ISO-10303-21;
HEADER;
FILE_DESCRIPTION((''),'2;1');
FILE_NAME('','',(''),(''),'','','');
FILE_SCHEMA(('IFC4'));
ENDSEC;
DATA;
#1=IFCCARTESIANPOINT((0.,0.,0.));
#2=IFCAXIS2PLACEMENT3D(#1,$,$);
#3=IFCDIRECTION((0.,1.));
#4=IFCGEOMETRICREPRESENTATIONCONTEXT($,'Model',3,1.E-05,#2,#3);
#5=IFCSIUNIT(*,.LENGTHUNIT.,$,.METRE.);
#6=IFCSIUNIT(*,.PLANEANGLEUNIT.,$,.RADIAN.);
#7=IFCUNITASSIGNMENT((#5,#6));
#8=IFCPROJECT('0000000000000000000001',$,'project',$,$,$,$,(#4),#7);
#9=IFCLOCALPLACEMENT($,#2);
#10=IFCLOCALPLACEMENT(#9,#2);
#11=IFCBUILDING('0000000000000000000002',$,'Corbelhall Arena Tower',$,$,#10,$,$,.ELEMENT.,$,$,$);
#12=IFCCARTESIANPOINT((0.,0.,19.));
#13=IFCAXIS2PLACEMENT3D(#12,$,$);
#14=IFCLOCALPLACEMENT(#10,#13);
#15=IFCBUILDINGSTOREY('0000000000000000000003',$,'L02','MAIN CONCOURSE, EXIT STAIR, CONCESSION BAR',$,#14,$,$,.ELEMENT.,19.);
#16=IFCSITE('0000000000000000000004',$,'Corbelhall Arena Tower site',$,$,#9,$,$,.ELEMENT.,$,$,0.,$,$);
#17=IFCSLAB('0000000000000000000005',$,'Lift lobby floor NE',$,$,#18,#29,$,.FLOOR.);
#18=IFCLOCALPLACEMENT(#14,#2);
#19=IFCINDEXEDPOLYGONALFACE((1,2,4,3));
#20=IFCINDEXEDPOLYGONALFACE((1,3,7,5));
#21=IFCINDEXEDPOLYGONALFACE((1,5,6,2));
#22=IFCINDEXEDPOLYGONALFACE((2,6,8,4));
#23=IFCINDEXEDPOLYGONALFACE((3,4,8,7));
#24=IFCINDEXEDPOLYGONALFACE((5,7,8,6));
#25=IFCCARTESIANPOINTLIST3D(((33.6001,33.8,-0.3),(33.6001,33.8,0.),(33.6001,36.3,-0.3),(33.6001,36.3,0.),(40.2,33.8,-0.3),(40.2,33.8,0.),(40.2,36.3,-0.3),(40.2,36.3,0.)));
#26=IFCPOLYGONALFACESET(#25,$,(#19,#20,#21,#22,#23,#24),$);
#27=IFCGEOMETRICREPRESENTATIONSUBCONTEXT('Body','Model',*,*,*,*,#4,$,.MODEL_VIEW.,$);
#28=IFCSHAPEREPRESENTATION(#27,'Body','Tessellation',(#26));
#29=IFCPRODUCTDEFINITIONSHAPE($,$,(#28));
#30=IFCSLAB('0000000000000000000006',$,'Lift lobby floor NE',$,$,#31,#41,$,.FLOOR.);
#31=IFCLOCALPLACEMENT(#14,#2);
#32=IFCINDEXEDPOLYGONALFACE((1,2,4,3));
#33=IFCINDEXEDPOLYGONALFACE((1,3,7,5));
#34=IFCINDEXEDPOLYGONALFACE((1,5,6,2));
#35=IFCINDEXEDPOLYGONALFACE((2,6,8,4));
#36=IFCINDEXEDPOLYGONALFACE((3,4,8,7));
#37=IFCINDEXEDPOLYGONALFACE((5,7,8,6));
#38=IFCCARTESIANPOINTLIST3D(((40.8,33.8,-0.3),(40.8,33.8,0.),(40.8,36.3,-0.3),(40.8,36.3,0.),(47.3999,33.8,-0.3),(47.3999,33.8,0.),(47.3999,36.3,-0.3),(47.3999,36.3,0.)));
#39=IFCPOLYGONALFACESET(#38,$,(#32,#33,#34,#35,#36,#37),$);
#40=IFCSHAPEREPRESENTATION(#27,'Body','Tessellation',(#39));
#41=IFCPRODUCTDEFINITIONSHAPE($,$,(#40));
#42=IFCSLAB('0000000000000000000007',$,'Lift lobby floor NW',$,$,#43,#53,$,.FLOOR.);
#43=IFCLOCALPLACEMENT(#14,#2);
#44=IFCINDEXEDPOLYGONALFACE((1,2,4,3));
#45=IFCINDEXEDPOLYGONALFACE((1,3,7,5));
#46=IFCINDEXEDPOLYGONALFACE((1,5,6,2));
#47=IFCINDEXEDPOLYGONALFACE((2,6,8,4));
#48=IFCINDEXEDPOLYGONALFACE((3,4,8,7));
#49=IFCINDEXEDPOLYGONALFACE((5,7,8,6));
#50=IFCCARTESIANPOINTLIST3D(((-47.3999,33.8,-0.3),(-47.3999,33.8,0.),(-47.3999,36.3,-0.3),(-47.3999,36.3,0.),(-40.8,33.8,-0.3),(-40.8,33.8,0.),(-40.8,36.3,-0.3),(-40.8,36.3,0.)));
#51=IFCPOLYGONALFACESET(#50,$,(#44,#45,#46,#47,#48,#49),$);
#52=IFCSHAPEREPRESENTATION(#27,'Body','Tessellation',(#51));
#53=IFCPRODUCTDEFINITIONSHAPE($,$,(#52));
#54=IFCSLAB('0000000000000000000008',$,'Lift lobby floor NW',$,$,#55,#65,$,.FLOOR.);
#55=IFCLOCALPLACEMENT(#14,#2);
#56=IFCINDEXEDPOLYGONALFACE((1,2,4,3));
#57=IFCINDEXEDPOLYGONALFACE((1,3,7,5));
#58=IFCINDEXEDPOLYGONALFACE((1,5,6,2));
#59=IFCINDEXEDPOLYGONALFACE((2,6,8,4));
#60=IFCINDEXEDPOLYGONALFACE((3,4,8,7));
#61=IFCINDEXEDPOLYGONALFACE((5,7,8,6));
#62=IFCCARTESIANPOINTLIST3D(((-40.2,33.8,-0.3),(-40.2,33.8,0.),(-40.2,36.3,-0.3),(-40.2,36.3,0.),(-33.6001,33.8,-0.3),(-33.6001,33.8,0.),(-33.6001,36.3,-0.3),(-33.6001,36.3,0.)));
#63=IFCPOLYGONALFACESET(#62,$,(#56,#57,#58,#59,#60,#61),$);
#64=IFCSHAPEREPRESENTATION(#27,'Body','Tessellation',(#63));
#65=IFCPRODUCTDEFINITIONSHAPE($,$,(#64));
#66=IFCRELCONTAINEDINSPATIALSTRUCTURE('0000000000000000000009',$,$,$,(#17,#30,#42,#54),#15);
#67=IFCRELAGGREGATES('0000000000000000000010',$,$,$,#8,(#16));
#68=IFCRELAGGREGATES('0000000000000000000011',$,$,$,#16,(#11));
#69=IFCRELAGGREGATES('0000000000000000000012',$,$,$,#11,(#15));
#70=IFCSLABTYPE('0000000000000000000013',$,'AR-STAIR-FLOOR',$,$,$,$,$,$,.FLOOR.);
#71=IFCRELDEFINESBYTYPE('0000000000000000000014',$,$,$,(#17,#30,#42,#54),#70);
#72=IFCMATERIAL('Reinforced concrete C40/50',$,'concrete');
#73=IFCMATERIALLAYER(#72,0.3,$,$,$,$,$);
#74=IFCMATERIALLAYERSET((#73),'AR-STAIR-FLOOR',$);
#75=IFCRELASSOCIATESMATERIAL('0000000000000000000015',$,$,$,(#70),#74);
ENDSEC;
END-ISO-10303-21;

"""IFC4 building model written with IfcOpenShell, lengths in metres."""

from ifc_helpers import new_model, si_unit, direction, frame, origin, place, context, subcontext, project, spatial, polyline, outline, extrude, material, layer, layer_set, type_object, element, save


model = new_model("IFC4")

# Units and contexts
model_context = context("Model", 3, precision=1e-05, world=origin(), true_north=direction((0.0, 1.0)))
body_context = subcontext(model_context, "Body", "Model", "MODEL_VIEW")
ifc_project = project(units=[si_unit("LENGTHUNIT", "METRE"), si_unit("PLANEANGLEUNIT", "RADIAN")], contexts=[model_context])

# Site, building, storey
site_placement = place(None, origin())
site = spatial("IfcSite", under=ifc_project, at=site_placement, Name="Corbelhall Arena Tower site", CompositionType="ELEMENT", RefElevation=0.0)
building_placement = place(site_placement, origin())
building = spatial("IfcBuilding", under=site, at=building_placement, Name="Corbelhall Arena Tower", CompositionType="ELEMENT")
storey_placement = place(building_placement, frame((0.0, 0.0, 19.0)))
storey = spatial("IfcBuildingStorey", under=building, at=storey_placement, Name="L02", Description="MAIN CONCOURSE, EXIT STAIR, CONCESSION BAR", CompositionType="ELEMENT", Elevation=19.0)

# Shared definitions
ifc_material = material(Name="Reinforced concrete C40/50", Category="concrete")

# Slabs
ifc_layer_1 = layer(ifc_material, 0.3)
ifc_layer_set_1 = layer_set([ifc_layer_1], Name="AR-STAIR-FLOOR")
slab_type_1 = type_object("IfcSlabType", Name="AR-STAIR-FLOOR", PredefinedType="FLOOR", material=ifc_layer_set_1)
slab_1_placement = place(storey_placement, frame((0.0, 0.0, -0.3)))
element("IfcSlab", 1, at=slab_1_placement, inside=storey, type_object=slab_type_1, Name="Lift lobby floor NE", PredefinedType="FLOOR", context=body_context, shape_type="SweptSolid", body=[
    extrude(outline(polyline([(40.2, 33.8), (40.2, 36.3), (33.6001, 36.3), (33.6001, 33.8), (40.2, 33.8)])), origin(), (0.0, 0.0, 1.0), 0.3),
])
slab_2_placement = place(storey_placement, frame((0.0, 0.0, -0.3)))
element("IfcSlab", 2, at=slab_2_placement, inside=storey, type_object=slab_type_1, Name="Lift lobby floor NE", PredefinedType="FLOOR", context=body_context, shape_type="SweptSolid", body=[
    extrude(outline(polyline([(47.3999, 33.8), (47.3999, 36.3), (40.8, 36.3), (40.8, 33.8), (47.3999, 33.8)])), origin(), (0.0, 0.0, 1.0), 0.3),
])
slab_3_placement = place(storey_placement, frame((0.0, 0.0, -0.3)))
element("IfcSlab", 3, at=slab_3_placement, inside=storey, type_object=slab_type_1, Name="Lift lobby floor NW", PredefinedType="FLOOR", context=body_context, shape_type="SweptSolid", body=[
    extrude(outline(polyline([(-40.8, 33.8), (-40.8, 36.3), (-47.3999, 36.3), (-47.3999, 33.8), (-40.8, 33.8)])), origin(), (0.0, 0.0, 1.0), 0.3),
])
slab_4_placement = place(storey_placement, frame((0.0, 0.0, -0.3)))
element("IfcSlab", 4, at=slab_4_placement, inside=storey, type_object=slab_type_1, Name="Lift lobby floor NW", PredefinedType="FLOOR", context=body_context, shape_type="SweptSolid", body=[
    extrude(outline(polyline([(-33.6001, 33.8), (-33.6001, 36.3), (-40.2, 36.3), (-40.2, 33.8), (-33.6001, 33.8)])), origin(), (0.0, 0.0, 1.0), 0.3),
])

save(model, "model.ifc")
